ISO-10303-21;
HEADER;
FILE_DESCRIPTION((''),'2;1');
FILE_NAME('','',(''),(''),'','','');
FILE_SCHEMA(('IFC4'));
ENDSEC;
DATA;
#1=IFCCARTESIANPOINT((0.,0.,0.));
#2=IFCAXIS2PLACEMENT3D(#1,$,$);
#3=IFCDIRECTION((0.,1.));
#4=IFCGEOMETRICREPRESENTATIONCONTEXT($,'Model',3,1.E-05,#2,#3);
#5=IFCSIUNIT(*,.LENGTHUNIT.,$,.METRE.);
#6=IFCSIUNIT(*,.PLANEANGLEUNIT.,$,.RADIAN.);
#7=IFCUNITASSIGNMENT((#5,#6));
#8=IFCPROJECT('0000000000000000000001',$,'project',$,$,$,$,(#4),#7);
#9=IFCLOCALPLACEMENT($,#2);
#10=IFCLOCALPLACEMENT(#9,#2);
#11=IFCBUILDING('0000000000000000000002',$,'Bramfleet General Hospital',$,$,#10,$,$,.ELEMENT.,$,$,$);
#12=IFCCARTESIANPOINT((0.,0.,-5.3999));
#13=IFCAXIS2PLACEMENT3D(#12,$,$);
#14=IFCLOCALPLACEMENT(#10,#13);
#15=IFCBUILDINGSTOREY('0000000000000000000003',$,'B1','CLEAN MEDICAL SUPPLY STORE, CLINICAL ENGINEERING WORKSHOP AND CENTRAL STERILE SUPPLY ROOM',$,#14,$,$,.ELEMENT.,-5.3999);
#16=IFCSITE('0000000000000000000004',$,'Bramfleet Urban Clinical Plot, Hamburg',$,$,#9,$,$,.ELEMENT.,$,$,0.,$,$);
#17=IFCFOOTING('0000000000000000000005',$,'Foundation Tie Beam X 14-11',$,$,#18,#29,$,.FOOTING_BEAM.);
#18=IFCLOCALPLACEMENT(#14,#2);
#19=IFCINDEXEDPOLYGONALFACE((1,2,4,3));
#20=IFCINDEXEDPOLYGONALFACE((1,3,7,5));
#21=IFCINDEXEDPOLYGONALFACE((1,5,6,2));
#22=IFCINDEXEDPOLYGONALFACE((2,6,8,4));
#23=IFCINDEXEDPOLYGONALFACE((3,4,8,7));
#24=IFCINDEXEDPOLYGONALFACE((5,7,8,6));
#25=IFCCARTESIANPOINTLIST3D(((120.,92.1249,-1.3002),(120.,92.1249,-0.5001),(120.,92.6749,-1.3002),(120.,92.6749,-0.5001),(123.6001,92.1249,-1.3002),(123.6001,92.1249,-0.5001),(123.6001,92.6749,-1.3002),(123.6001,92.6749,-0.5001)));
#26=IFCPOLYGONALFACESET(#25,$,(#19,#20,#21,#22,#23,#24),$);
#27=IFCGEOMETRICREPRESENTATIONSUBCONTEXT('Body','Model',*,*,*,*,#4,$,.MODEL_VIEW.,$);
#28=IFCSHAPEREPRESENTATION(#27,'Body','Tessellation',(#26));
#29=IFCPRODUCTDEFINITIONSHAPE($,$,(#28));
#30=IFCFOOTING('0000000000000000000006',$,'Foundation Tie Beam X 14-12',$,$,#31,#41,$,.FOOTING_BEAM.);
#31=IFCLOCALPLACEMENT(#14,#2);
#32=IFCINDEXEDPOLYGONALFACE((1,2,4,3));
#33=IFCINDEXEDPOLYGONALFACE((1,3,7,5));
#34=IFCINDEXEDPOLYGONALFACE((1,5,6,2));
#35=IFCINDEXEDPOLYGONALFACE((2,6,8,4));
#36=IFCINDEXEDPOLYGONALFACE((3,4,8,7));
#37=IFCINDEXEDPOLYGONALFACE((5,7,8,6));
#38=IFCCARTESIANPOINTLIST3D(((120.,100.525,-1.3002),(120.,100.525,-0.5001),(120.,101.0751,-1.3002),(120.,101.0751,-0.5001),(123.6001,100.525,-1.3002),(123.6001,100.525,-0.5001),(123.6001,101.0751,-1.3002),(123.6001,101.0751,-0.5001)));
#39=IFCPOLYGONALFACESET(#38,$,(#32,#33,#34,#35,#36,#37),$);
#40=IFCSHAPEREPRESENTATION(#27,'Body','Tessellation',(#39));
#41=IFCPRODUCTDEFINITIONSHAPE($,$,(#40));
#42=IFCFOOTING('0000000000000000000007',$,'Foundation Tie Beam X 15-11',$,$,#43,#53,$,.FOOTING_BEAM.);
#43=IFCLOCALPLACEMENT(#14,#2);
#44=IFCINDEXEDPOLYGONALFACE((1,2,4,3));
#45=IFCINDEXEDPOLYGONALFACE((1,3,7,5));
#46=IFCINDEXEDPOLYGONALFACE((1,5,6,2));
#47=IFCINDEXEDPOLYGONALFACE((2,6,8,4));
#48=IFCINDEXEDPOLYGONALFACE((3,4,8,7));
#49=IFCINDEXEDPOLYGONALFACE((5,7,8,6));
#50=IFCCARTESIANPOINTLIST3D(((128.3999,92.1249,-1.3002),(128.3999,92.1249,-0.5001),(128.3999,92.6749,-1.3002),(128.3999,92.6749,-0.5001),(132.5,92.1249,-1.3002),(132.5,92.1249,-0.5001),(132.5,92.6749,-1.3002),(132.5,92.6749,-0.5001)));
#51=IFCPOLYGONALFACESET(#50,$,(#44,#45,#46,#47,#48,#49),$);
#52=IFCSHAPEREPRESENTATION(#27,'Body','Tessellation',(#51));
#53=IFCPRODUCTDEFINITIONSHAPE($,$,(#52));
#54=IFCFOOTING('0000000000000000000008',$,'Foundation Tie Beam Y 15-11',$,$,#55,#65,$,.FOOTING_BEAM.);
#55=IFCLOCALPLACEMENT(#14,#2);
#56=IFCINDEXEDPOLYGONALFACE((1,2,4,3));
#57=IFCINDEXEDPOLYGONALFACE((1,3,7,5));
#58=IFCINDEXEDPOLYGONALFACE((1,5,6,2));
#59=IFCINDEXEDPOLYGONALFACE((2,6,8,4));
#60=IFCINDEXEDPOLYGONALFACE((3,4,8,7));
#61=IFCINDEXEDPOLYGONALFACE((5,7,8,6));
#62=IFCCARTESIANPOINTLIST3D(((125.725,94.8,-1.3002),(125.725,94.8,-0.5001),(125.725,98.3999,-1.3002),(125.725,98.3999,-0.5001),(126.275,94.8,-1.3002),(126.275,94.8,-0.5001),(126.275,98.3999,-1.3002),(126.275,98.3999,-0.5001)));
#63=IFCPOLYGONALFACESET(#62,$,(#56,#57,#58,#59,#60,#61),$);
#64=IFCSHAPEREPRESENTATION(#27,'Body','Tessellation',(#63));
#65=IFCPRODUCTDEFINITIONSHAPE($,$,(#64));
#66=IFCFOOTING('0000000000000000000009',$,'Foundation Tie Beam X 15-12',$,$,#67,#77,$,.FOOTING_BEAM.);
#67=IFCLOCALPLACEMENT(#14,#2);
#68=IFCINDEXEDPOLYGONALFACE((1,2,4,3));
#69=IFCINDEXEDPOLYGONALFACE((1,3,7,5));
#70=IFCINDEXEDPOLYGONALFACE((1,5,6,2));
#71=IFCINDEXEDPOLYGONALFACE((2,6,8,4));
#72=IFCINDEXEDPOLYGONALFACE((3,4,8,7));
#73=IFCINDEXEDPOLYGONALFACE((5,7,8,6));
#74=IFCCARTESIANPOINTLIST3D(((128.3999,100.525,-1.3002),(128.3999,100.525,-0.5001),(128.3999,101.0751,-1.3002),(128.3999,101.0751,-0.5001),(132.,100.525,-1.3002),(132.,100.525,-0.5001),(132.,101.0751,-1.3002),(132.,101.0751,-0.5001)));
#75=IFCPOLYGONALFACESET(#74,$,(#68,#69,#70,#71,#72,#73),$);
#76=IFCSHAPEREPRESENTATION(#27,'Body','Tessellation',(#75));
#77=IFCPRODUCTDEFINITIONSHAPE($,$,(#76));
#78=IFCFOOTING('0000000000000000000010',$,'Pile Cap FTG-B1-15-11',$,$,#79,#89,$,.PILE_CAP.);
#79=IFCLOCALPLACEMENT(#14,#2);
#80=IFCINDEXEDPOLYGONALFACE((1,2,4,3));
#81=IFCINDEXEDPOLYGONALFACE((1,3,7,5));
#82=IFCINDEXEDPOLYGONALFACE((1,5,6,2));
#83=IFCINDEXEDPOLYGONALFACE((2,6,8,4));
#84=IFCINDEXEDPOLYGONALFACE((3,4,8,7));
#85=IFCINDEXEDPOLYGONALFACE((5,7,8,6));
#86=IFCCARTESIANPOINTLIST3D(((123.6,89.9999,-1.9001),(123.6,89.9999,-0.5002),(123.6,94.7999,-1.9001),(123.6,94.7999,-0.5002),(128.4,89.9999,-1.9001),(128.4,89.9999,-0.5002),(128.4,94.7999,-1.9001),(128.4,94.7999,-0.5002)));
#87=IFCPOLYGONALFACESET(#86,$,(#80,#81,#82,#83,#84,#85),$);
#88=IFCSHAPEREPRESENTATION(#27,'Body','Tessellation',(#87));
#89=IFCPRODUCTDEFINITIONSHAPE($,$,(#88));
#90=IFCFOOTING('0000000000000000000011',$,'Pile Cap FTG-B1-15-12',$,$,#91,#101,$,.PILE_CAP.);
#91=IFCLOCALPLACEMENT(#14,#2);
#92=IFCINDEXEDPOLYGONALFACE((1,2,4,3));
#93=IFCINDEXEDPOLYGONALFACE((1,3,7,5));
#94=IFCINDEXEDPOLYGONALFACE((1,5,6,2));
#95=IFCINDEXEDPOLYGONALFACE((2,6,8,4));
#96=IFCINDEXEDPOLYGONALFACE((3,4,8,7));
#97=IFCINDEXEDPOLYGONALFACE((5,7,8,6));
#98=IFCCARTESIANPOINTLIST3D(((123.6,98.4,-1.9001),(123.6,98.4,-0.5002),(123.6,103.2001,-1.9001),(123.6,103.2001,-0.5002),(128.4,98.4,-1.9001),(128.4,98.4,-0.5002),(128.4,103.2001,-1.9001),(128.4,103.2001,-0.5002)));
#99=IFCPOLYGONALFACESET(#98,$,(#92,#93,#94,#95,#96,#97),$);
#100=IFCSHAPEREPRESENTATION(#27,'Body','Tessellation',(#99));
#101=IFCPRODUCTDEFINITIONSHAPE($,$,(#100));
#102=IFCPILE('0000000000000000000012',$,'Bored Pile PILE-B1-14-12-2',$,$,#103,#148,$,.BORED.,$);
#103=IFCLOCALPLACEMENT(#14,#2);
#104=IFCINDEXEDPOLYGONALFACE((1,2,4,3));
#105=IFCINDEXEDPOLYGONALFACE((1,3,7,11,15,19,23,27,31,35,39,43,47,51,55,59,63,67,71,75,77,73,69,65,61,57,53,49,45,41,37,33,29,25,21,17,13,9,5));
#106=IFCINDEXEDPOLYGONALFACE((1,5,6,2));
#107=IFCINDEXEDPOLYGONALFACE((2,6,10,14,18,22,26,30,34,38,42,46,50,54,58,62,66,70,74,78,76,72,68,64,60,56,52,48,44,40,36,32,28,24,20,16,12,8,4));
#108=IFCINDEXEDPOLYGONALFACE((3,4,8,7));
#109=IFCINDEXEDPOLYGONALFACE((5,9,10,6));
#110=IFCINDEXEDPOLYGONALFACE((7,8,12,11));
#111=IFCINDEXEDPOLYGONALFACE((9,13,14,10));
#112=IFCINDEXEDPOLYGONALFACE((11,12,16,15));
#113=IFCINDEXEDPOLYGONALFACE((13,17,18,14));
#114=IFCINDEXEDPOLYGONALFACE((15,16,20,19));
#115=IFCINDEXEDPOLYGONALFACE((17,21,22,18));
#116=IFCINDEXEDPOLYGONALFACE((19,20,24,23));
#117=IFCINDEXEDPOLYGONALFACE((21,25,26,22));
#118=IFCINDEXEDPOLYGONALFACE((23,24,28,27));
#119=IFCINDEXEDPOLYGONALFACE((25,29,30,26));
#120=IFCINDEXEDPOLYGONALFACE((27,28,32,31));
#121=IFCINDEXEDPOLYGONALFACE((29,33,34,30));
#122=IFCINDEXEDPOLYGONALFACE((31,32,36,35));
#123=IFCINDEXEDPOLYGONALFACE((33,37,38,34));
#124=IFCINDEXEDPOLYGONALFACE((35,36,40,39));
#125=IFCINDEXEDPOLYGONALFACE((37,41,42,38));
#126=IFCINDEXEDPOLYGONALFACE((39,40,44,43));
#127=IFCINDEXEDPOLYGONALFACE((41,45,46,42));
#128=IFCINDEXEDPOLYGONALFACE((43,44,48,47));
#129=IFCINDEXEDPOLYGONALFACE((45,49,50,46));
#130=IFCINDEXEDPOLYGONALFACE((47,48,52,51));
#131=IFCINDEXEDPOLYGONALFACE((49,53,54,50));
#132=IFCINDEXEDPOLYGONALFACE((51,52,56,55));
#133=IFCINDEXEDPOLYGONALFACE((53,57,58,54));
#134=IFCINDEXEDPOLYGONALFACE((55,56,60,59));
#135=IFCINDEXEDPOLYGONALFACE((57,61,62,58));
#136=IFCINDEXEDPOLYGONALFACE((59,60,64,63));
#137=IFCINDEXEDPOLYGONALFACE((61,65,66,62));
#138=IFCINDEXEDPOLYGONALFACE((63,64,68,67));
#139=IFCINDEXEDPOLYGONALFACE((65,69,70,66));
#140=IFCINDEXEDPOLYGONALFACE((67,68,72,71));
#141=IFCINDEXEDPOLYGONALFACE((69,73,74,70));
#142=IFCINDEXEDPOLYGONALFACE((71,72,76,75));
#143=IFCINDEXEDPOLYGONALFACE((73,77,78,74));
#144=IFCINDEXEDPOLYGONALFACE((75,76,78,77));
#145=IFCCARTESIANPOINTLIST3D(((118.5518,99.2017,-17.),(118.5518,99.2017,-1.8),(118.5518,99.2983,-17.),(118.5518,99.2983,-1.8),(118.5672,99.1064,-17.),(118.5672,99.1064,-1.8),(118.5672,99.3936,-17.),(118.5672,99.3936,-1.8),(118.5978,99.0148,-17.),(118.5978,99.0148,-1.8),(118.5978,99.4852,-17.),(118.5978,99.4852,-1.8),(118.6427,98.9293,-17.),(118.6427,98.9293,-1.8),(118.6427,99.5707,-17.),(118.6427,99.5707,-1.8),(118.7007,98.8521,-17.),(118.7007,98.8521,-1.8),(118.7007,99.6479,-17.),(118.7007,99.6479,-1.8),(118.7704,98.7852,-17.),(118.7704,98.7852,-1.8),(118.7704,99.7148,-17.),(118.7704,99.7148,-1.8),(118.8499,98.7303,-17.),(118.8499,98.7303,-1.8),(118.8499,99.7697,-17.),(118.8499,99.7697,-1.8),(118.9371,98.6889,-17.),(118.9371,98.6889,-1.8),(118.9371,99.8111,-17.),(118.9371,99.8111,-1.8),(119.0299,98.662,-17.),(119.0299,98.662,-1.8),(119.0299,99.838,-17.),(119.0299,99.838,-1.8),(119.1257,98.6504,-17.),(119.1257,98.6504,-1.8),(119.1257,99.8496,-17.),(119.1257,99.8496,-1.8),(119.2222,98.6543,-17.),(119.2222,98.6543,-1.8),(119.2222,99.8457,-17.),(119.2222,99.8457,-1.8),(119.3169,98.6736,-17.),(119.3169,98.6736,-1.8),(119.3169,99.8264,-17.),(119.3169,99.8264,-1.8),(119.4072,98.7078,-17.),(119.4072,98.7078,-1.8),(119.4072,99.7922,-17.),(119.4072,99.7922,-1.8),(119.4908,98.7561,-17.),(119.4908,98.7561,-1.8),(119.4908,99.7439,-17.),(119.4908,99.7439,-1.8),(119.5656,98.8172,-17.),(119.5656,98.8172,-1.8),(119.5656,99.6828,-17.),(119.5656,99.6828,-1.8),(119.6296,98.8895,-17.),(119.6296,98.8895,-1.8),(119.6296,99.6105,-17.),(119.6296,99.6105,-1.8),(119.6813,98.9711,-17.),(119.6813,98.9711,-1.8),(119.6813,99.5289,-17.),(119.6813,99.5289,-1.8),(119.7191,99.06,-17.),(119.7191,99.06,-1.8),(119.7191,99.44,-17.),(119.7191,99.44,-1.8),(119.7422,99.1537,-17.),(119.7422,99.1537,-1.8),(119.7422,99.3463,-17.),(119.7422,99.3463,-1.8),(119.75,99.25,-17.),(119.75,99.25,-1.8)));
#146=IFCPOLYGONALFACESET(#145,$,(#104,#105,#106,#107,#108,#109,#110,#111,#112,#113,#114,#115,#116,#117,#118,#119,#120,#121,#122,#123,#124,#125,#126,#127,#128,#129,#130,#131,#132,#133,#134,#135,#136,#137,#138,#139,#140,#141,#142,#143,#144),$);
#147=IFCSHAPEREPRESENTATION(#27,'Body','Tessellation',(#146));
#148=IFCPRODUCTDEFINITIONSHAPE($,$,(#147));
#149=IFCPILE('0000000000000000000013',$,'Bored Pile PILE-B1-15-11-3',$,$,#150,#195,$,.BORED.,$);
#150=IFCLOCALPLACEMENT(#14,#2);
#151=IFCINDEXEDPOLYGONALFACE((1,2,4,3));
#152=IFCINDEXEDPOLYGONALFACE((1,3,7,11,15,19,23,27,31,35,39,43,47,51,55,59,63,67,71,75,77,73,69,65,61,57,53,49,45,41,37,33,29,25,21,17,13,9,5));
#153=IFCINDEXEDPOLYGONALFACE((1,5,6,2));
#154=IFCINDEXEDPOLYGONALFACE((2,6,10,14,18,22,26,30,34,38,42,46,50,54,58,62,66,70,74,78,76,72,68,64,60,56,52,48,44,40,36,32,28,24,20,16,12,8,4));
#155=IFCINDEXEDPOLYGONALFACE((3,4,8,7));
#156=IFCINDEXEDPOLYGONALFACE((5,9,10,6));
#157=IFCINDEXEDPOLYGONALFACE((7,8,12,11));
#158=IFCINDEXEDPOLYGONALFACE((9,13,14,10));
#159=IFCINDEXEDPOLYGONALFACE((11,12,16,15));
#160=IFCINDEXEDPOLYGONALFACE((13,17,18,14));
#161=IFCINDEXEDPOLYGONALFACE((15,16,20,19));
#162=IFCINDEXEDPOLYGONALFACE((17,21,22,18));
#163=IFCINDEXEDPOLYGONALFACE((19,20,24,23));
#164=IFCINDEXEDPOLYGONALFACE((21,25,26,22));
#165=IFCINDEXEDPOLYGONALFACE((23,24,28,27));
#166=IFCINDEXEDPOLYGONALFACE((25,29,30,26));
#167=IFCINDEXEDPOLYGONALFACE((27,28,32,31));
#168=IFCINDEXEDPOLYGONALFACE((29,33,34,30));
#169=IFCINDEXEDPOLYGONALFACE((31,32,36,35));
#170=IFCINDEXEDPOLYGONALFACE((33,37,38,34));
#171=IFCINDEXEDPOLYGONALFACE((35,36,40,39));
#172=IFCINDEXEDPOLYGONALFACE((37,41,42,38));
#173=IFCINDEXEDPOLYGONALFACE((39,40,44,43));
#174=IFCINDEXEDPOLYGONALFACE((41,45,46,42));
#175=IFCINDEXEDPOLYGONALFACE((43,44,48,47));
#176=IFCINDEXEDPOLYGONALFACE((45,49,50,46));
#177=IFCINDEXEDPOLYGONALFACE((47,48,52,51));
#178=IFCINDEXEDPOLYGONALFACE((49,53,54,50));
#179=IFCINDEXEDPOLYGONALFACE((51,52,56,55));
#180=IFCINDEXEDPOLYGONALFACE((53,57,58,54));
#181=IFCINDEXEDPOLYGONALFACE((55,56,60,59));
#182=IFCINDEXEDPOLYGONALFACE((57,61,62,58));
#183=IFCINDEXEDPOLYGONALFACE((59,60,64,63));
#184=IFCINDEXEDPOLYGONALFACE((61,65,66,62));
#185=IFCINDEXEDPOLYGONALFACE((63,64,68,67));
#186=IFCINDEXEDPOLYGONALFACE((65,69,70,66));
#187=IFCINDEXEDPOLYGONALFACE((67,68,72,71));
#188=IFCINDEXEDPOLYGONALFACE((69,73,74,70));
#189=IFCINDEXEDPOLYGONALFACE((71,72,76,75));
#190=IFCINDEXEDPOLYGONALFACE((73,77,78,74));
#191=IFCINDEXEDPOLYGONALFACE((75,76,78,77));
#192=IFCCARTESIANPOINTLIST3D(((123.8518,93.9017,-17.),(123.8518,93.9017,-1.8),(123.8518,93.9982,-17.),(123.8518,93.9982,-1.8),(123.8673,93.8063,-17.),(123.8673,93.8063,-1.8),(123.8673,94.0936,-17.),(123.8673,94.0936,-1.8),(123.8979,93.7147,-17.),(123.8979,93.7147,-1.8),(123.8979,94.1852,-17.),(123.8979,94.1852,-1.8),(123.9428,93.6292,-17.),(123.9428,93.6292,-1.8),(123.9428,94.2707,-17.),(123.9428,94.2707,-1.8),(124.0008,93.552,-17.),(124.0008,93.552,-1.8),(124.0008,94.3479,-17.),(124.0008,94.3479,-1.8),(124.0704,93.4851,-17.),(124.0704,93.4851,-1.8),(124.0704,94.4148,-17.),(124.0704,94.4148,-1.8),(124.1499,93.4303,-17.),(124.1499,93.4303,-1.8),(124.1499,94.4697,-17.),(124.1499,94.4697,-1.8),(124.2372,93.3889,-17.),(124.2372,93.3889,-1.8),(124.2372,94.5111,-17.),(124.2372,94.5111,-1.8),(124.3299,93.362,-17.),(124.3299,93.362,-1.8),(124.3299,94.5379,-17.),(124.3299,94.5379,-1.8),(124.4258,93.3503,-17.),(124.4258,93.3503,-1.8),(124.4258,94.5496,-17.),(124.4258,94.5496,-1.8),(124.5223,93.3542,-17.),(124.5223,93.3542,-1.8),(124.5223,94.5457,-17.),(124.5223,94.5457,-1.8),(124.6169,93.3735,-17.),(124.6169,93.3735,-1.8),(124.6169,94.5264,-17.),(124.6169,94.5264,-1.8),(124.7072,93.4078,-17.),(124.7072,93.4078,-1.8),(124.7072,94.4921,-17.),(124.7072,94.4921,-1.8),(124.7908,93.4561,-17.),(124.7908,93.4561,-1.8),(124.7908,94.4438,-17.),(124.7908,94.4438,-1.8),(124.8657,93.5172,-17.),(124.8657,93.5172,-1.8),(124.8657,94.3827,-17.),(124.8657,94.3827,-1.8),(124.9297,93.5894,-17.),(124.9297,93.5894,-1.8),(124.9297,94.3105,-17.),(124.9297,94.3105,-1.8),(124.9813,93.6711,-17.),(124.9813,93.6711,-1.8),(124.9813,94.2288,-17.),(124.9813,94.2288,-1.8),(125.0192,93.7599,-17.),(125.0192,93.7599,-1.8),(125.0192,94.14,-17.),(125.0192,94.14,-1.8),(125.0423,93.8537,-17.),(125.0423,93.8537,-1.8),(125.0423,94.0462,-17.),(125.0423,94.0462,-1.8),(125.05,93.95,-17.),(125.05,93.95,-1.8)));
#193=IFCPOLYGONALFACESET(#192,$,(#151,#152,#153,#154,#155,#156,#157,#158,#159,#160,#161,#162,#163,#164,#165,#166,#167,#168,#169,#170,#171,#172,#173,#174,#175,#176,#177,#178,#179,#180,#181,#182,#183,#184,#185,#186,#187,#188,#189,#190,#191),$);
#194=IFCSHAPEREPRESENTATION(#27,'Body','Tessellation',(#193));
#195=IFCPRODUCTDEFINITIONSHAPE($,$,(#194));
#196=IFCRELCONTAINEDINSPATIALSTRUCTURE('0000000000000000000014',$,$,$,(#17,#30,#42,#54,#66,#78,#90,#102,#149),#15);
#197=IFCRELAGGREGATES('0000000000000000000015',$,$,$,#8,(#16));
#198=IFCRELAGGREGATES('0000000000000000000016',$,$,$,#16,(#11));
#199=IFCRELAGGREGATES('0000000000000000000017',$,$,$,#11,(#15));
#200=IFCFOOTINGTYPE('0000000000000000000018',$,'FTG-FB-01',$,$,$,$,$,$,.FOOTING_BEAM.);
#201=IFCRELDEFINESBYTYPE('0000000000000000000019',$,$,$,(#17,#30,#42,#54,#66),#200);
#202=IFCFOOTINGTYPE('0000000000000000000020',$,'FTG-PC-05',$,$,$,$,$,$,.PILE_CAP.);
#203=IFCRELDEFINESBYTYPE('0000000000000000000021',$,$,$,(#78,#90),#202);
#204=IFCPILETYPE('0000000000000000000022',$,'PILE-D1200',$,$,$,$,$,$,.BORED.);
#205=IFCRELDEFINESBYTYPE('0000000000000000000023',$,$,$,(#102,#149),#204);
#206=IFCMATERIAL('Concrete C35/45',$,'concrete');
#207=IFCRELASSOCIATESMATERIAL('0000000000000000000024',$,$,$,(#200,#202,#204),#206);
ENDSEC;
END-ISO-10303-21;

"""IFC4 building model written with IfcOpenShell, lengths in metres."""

from ifc_helpers import new_model, si_unit, direction, frame, origin, origin_2d, place, context, subcontext, project, spatial, rectangle, circle, extrude, material, material_profile, profile_set, type_object, element, save


model = new_model("IFC4")

# Units and contexts
model_context = context("Model", 3, precision=1e-05, world=origin(), true_north=direction((0.0, 1.0)))
body_context = subcontext(model_context, "Body", "Model", "MODEL_VIEW")
ifc_project = project(units=[si_unit("LENGTHUNIT", "METRE"), si_unit("PLANEANGLEUNIT", "RADIAN")], contexts=[model_context])

# Site, building, storey
site_placement = place(None, origin())
site = spatial("IfcSite", under=ifc_project, at=site_placement, Name="Bramfleet Urban Clinical Plot, Hamburg", CompositionType="ELEMENT", RefElevation=0.0)
building_placement = place(site_placement, origin())
building = spatial("IfcBuilding", under=site, at=building_placement, Name="Bramfleet General Hospital", CompositionType="ELEMENT")
storey_placement = place(building_placement, frame((0.0, 0.0, -5.3999)))
storey = spatial("IfcBuildingStorey", under=building, at=storey_placement, Name="B1", Description="CLEAN MEDICAL SUPPLY STORE, CLINICAL ENGINEERING WORKSHOP AND CENTRAL STERILE SUPPLY ROOM", CompositionType="ELEMENT", Elevation=-5.3999)

# Footings
ifc_material_1 = material(Name="Concrete C35/45", Category="concrete")
ifc_material_profile_1 = material_profile(ifc_material_1, rectangle(XDim=0.55, YDim=0.8, at=origin_2d()), Name="RC FB 800x550")
ifc_profile_set_1 = profile_set([ifc_material_profile_1], Name="Concrete C35/45")
footing_type_1 = type_object("IfcFootingType", Name="FTG-FB-01", PredefinedType="FOOTING_BEAM", material=ifc_profile_set_1)
for number, where, z_axis, x_axis, name in (
    (1, (120.0, 92.3999, -0.9001), (1.0, 0.0, 0.0), (0.0, 1.0, 0.0), "Foundation Tie Beam X 14-11"),
    (2, (120.0, 100.8, -0.9001), (1.0, 0.0, 0.0), (0.0, 1.0, 0.0), "Foundation Tie Beam X 14-12"),
):
    element("IfcFooting", number, at=place(storey_placement, frame(where, z_axis=z_axis, x_axis=x_axis)), inside=storey, type_object=footing_type_1, Name=name, PredefinedType="FOOTING_BEAM", context=body_context, shape_type="SweptSolid", body=[
        extrude(rectangle(XDim=0.55, YDim=0.8, at=origin_2d()), origin(), (0.0, 0.0, 1.0), 3.6001),
    ])
footing_1_placement = place(storey_placement, frame((128.3999, 92.3999, -0.9001), z_axis=(1.0, 0.0, 0.0), x_axis=(0.0, 1.0, 0.0)))
element("IfcFooting", 3, at=footing_1_placement, inside=storey, type_object=footing_type_1, Name="Foundation Tie Beam X 15-11", PredefinedType="FOOTING_BEAM", context=body_context, shape_type="SweptSolid", body=[
    extrude(rectangle(XDim=0.55, YDim=0.8, at=origin_2d()), origin(), (0.0, 0.0, 1.0), 4.1001),
])
footing_2_placement = place(storey_placement, frame((126.0, 94.8, -0.9001), z_axis=(0.0, 1.0, 0.0), x_axis=(-1.0, 0.0, 0.0)))
element("IfcFooting", 4, at=footing_2_placement, inside=storey, type_object=footing_type_1, Name="Foundation Tie Beam Y 15-11", PredefinedType="FOOTING_BEAM", context=body_context, shape_type="SweptSolid", body=[
    extrude(rectangle(XDim=0.55, YDim=0.8, at=origin_2d()), origin(), (0.0, 0.0, 1.0), 3.5999),
])
footing_3_placement = place(storey_placement, frame((128.3999, 100.8, -0.9001), z_axis=(1.0, 0.0, 0.0), x_axis=(0.0, 1.0, 0.0)))
element("IfcFooting", 5, at=footing_3_placement, inside=storey, type_object=footing_type_1, Name="Foundation Tie Beam X 15-12", PredefinedType="FOOTING_BEAM", context=body_context, shape_type="SweptSolid", body=[
    extrude(rectangle(XDim=0.55, YDim=0.8, at=origin_2d()), origin(), (0.0, 0.0, 1.0), 3.6001),
])
footing_type_2 = type_object("IfcFootingType", Name="FTG-PC-05", PredefinedType="PILE_CAP", material=ifc_material_1)
for number, where, z_axis, x_axis, name in (
    (6, (126.0, 92.3999, -1.9001), (0.0, 0.0, 1.0), (1.0, 0.0, 0.0), "Pile Cap FTG-B1-15-11"),
    (7, (126.0, 100.8, -1.9001), (0.0, 0.0, 1.0), (1.0, 0.0, 0.0), "Pile Cap FTG-B1-15-12"),
):
    element("IfcFooting", number, at=place(storey_placement, frame(where, z_axis=z_axis, x_axis=x_axis)), inside=storey, type_object=footing_type_2, Name=name, PredefinedType="PILE_CAP", context=body_context, shape_type="SweptSolid", body=[
        extrude(rectangle(XDim=4.8, YDim=4.8, at=origin_2d()), origin(), (0.0, 0.0, 1.0), 1.3999),
    ])

# Piles
ifc_material_profile_2 = material_profile(ifc_material_1, circle(Radius=0.6001, at=origin_2d()), Name="PILE BORED D1200")
ifc_profile_set_2 = profile_set([ifc_material_profile_2], Name="Concrete C35/45")
pile_type = type_object("IfcPileType", Name="PILE-D1200", PredefinedType="BORED", material=ifc_profile_set_2)
for number, where, z_axis, x_axis, name in (
    (8, (119.1499, 99.25, -1.8), (0.0, 0.0, -1.0), (1.0, 0.0, 0.0), "Bored Pile PILE-B1-14-12-2"),
    (9, (124.45, 93.95, -1.8), (0.0, 0.0, -1.0), (1.0, 0.0, 0.0), "Bored Pile PILE-B1-15-11-3"),
):
    element("IfcPile", number, at=place(storey_placement, frame(where, z_axis=z_axis, x_axis=x_axis)), inside=storey, type_object=pile_type, Name=name, PredefinedType="BORED", context=body_context, shape_type="SweptSolid", body=[
        extrude(circle(Radius=0.6001, at=origin_2d()), origin(), (0.0, 0.0, 1.0), 15.2),
    ])

save(model, "model.ifc")
